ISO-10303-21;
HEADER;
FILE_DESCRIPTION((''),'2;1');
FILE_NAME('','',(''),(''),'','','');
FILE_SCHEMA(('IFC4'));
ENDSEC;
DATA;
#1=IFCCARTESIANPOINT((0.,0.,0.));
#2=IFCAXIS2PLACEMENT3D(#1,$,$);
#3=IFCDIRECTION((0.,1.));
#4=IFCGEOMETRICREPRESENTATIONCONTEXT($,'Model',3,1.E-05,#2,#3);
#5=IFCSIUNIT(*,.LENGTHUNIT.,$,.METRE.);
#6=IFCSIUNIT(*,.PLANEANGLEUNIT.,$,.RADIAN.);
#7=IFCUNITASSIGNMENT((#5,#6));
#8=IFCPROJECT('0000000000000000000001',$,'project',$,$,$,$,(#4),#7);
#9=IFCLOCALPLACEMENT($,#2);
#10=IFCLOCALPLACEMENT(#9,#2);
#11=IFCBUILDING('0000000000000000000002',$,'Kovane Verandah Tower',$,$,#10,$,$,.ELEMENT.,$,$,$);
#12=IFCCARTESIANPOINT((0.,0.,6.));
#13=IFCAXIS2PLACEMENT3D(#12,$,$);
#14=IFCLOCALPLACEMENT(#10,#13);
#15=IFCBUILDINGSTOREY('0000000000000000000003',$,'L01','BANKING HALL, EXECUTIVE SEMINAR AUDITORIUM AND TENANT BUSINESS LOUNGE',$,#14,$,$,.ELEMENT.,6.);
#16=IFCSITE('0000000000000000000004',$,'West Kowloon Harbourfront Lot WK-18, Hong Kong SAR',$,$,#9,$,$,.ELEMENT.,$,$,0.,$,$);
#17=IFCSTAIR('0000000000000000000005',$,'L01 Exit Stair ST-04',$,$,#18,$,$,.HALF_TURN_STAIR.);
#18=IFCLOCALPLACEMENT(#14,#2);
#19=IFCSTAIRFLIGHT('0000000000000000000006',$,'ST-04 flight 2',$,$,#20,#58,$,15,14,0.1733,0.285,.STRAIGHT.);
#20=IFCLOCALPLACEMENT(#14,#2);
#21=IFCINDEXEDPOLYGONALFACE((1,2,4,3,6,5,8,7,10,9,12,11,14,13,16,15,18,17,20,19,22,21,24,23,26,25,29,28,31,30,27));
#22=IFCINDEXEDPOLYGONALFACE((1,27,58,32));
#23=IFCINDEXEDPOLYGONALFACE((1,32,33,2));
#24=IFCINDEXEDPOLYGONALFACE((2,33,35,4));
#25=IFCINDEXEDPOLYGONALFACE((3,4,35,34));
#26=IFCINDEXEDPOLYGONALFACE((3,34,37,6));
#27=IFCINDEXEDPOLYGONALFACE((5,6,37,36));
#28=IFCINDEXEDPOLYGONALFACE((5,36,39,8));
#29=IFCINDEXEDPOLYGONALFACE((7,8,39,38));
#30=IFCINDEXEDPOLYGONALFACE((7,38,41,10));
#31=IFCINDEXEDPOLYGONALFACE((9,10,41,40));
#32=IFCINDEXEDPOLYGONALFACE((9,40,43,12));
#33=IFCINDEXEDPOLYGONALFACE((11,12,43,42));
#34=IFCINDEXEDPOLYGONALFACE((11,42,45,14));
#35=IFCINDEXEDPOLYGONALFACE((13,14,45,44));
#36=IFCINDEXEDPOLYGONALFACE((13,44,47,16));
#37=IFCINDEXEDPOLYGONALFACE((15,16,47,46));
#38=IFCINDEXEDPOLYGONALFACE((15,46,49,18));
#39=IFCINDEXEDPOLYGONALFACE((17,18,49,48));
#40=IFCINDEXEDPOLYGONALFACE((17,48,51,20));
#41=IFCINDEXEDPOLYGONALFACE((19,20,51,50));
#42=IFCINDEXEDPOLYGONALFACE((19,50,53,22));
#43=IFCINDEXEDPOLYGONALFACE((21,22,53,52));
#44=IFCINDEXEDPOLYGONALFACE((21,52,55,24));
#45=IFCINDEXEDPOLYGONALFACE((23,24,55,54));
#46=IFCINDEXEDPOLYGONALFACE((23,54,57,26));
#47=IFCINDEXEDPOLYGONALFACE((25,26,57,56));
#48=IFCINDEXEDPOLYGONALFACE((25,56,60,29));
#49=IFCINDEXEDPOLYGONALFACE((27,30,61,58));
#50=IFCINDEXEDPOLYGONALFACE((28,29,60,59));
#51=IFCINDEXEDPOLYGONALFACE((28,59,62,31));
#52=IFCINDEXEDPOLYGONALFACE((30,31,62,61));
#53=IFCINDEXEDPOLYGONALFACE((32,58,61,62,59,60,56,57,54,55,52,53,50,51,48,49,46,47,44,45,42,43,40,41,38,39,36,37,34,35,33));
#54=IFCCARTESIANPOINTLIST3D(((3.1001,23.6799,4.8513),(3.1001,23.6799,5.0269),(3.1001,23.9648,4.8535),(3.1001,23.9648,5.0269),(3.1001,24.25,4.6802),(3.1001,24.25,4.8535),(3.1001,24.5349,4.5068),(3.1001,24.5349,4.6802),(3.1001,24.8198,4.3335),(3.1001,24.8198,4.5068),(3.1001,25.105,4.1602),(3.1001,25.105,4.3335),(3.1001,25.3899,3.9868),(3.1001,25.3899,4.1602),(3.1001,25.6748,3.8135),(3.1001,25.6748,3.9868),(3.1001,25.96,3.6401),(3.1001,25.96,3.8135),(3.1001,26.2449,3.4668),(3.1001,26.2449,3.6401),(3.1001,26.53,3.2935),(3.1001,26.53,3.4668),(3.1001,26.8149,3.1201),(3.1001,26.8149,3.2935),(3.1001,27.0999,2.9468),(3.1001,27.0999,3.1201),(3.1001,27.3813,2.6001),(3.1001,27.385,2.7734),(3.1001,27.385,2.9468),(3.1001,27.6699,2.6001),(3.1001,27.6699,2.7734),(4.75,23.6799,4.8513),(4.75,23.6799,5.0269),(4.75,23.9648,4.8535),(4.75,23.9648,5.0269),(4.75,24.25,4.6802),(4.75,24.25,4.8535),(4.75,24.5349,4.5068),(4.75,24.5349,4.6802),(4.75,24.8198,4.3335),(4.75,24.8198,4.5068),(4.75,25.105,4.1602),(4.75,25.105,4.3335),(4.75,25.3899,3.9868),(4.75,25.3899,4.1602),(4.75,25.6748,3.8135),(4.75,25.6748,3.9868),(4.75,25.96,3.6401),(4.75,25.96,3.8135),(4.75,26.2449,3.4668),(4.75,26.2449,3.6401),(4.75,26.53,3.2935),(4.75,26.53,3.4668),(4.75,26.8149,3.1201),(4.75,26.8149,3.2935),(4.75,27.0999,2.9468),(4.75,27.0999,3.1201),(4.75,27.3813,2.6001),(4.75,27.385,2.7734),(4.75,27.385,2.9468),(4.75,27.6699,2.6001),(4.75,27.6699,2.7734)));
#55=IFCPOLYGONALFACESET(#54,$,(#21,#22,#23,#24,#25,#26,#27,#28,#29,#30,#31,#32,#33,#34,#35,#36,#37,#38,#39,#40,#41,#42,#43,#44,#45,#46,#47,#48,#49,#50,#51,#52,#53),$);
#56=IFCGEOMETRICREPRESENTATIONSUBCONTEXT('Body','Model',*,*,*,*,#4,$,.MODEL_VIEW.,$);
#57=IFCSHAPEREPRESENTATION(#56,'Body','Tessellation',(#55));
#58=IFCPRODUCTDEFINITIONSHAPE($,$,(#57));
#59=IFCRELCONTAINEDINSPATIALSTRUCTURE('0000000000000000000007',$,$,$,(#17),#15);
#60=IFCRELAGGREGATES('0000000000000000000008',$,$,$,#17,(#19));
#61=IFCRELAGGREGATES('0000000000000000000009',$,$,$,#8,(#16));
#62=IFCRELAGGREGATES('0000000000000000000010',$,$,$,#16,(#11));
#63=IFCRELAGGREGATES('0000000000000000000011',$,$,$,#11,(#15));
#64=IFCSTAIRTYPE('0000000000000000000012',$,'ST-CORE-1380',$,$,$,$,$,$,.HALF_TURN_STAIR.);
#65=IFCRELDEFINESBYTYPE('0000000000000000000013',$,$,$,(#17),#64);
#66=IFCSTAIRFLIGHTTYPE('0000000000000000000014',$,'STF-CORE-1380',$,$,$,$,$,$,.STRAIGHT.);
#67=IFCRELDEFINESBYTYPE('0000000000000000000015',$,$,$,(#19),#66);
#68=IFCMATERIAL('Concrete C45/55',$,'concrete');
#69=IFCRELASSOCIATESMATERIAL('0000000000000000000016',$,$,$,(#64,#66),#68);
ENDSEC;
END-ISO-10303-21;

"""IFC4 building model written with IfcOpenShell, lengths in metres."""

from ifc_helpers import new_model, si_unit, direction, frame, origin, place, context, subcontext, project, spatial, polyline, outline, extrude, material, type_object, element, aggregate, save


model = new_model("IFC4")

# Units and contexts
model_context = context("Model", 3, precision=1e-05, world=origin(), true_north=direction((0.0, 1.0)))
body_context = subcontext(model_context, "Body", "Model", "MODEL_VIEW")
ifc_project = project(units=[si_unit("LENGTHUNIT", "METRE"), si_unit("PLANEANGLEUNIT", "RADIAN")], contexts=[model_context])

# Site, building, storey
site_placement = place(None, origin())
site = spatial("IfcSite", under=ifc_project, at=site_placement, Name="West Kowloon Harbourfront Lot WK-18, Hong Kong SAR", CompositionType="ELEMENT", RefElevation=0.0)
building_placement = place(site_placement, origin())
building = spatial("IfcBuilding", under=site, at=building_placement, Name="Kovane Verandah Tower", CompositionType="ELEMENT")
storey_placement = place(building_placement, frame((0.0, 0.0, 6.0)))
storey = spatial("IfcBuildingStorey", under=building, at=storey_placement, Name="L01", Description="BANKING HALL, EXECUTIVE SEMINAR AUDITORIUM AND TENANT BUSINESS LOUNGE", CompositionType="ELEMENT", Elevation=6.0)

# Shared definitions
ifc_material_1 = material(Name="Concrete C45/55", Category="concrete")

# Stair, stair flight
stair_type = type_object("IfcStairType", Name="ST-CORE-1380", PredefinedType="HALF_TURN_STAIR", material=ifc_material_1)
stair_placement = place(storey_placement, origin())
stair = element("IfcStair", 1, at=stair_placement, inside=storey, type_object=stair_type, Name="L01 Exit Stair ST-04", PredefinedType="HALF_TURN_STAIR")
stair_flight_type = type_object("IfcStairFlightType", Name="STF-CORE-1380", PredefinedType="STRAIGHT", material=ifc_material_1)
stair_flight_placement = place(storey_placement, frame((3.925, 27.6699, 2.6001), z_axis=(0.0, 0.0, 1.0), x_axis=(0.0, -1.0, 0.0)))
stair_flight = element("IfcStairFlight", 2, at=stair_flight_placement, type_object=stair_flight_type, Name="ST-04 flight 2", NumberOfRisers=15, NumberOfTreads=14, PredefinedType="STRAIGHT", RiserHeight=0.1733, TreadLength=0.285, context=body_context, shape_type="SweptSolid", body=[
    extrude(outline(polyline([(0.0, 0.0), (0.0, 0.1733), (0.2849, 0.1733), (0.2849, 0.3467), (0.5701, 0.3467), (0.5701, 0.52), (0.855, 0.52), (0.855, 0.6934), (1.1399, 0.6934), (1.1399, 0.8667), (1.425, 0.8667), (1.425, 1.04), (1.71, 1.04), (1.71, 1.2134), (1.9951, 1.2134), (1.9951, 1.3867), (2.28, 1.3867), (2.28, 1.5601), (2.5649, 1.5601), (2.5649, 1.7334), (2.8501, 1.7334), (2.8501, 1.9067), (3.135, 1.9067), (3.135, 2.0801), (3.4199, 2.0801), (3.4199, 2.2534), (3.7051, 2.2534), (3.7051, 2.4268), (3.99, 2.4268), (3.99, 2.6001), (3.99, 2.2512), (0.2886, 0.0), (0.0, 0.0)])), frame((0.0, 0.825, 0.0), z_axis=(0.0, -1.0, 0.0), x_axis=(1.0, 0.0, 0.0)), (0.0, 0.0, 1.0), 1.6499),
])
aggregate(stair, [stair_flight])

save(model, "model.ifc")
